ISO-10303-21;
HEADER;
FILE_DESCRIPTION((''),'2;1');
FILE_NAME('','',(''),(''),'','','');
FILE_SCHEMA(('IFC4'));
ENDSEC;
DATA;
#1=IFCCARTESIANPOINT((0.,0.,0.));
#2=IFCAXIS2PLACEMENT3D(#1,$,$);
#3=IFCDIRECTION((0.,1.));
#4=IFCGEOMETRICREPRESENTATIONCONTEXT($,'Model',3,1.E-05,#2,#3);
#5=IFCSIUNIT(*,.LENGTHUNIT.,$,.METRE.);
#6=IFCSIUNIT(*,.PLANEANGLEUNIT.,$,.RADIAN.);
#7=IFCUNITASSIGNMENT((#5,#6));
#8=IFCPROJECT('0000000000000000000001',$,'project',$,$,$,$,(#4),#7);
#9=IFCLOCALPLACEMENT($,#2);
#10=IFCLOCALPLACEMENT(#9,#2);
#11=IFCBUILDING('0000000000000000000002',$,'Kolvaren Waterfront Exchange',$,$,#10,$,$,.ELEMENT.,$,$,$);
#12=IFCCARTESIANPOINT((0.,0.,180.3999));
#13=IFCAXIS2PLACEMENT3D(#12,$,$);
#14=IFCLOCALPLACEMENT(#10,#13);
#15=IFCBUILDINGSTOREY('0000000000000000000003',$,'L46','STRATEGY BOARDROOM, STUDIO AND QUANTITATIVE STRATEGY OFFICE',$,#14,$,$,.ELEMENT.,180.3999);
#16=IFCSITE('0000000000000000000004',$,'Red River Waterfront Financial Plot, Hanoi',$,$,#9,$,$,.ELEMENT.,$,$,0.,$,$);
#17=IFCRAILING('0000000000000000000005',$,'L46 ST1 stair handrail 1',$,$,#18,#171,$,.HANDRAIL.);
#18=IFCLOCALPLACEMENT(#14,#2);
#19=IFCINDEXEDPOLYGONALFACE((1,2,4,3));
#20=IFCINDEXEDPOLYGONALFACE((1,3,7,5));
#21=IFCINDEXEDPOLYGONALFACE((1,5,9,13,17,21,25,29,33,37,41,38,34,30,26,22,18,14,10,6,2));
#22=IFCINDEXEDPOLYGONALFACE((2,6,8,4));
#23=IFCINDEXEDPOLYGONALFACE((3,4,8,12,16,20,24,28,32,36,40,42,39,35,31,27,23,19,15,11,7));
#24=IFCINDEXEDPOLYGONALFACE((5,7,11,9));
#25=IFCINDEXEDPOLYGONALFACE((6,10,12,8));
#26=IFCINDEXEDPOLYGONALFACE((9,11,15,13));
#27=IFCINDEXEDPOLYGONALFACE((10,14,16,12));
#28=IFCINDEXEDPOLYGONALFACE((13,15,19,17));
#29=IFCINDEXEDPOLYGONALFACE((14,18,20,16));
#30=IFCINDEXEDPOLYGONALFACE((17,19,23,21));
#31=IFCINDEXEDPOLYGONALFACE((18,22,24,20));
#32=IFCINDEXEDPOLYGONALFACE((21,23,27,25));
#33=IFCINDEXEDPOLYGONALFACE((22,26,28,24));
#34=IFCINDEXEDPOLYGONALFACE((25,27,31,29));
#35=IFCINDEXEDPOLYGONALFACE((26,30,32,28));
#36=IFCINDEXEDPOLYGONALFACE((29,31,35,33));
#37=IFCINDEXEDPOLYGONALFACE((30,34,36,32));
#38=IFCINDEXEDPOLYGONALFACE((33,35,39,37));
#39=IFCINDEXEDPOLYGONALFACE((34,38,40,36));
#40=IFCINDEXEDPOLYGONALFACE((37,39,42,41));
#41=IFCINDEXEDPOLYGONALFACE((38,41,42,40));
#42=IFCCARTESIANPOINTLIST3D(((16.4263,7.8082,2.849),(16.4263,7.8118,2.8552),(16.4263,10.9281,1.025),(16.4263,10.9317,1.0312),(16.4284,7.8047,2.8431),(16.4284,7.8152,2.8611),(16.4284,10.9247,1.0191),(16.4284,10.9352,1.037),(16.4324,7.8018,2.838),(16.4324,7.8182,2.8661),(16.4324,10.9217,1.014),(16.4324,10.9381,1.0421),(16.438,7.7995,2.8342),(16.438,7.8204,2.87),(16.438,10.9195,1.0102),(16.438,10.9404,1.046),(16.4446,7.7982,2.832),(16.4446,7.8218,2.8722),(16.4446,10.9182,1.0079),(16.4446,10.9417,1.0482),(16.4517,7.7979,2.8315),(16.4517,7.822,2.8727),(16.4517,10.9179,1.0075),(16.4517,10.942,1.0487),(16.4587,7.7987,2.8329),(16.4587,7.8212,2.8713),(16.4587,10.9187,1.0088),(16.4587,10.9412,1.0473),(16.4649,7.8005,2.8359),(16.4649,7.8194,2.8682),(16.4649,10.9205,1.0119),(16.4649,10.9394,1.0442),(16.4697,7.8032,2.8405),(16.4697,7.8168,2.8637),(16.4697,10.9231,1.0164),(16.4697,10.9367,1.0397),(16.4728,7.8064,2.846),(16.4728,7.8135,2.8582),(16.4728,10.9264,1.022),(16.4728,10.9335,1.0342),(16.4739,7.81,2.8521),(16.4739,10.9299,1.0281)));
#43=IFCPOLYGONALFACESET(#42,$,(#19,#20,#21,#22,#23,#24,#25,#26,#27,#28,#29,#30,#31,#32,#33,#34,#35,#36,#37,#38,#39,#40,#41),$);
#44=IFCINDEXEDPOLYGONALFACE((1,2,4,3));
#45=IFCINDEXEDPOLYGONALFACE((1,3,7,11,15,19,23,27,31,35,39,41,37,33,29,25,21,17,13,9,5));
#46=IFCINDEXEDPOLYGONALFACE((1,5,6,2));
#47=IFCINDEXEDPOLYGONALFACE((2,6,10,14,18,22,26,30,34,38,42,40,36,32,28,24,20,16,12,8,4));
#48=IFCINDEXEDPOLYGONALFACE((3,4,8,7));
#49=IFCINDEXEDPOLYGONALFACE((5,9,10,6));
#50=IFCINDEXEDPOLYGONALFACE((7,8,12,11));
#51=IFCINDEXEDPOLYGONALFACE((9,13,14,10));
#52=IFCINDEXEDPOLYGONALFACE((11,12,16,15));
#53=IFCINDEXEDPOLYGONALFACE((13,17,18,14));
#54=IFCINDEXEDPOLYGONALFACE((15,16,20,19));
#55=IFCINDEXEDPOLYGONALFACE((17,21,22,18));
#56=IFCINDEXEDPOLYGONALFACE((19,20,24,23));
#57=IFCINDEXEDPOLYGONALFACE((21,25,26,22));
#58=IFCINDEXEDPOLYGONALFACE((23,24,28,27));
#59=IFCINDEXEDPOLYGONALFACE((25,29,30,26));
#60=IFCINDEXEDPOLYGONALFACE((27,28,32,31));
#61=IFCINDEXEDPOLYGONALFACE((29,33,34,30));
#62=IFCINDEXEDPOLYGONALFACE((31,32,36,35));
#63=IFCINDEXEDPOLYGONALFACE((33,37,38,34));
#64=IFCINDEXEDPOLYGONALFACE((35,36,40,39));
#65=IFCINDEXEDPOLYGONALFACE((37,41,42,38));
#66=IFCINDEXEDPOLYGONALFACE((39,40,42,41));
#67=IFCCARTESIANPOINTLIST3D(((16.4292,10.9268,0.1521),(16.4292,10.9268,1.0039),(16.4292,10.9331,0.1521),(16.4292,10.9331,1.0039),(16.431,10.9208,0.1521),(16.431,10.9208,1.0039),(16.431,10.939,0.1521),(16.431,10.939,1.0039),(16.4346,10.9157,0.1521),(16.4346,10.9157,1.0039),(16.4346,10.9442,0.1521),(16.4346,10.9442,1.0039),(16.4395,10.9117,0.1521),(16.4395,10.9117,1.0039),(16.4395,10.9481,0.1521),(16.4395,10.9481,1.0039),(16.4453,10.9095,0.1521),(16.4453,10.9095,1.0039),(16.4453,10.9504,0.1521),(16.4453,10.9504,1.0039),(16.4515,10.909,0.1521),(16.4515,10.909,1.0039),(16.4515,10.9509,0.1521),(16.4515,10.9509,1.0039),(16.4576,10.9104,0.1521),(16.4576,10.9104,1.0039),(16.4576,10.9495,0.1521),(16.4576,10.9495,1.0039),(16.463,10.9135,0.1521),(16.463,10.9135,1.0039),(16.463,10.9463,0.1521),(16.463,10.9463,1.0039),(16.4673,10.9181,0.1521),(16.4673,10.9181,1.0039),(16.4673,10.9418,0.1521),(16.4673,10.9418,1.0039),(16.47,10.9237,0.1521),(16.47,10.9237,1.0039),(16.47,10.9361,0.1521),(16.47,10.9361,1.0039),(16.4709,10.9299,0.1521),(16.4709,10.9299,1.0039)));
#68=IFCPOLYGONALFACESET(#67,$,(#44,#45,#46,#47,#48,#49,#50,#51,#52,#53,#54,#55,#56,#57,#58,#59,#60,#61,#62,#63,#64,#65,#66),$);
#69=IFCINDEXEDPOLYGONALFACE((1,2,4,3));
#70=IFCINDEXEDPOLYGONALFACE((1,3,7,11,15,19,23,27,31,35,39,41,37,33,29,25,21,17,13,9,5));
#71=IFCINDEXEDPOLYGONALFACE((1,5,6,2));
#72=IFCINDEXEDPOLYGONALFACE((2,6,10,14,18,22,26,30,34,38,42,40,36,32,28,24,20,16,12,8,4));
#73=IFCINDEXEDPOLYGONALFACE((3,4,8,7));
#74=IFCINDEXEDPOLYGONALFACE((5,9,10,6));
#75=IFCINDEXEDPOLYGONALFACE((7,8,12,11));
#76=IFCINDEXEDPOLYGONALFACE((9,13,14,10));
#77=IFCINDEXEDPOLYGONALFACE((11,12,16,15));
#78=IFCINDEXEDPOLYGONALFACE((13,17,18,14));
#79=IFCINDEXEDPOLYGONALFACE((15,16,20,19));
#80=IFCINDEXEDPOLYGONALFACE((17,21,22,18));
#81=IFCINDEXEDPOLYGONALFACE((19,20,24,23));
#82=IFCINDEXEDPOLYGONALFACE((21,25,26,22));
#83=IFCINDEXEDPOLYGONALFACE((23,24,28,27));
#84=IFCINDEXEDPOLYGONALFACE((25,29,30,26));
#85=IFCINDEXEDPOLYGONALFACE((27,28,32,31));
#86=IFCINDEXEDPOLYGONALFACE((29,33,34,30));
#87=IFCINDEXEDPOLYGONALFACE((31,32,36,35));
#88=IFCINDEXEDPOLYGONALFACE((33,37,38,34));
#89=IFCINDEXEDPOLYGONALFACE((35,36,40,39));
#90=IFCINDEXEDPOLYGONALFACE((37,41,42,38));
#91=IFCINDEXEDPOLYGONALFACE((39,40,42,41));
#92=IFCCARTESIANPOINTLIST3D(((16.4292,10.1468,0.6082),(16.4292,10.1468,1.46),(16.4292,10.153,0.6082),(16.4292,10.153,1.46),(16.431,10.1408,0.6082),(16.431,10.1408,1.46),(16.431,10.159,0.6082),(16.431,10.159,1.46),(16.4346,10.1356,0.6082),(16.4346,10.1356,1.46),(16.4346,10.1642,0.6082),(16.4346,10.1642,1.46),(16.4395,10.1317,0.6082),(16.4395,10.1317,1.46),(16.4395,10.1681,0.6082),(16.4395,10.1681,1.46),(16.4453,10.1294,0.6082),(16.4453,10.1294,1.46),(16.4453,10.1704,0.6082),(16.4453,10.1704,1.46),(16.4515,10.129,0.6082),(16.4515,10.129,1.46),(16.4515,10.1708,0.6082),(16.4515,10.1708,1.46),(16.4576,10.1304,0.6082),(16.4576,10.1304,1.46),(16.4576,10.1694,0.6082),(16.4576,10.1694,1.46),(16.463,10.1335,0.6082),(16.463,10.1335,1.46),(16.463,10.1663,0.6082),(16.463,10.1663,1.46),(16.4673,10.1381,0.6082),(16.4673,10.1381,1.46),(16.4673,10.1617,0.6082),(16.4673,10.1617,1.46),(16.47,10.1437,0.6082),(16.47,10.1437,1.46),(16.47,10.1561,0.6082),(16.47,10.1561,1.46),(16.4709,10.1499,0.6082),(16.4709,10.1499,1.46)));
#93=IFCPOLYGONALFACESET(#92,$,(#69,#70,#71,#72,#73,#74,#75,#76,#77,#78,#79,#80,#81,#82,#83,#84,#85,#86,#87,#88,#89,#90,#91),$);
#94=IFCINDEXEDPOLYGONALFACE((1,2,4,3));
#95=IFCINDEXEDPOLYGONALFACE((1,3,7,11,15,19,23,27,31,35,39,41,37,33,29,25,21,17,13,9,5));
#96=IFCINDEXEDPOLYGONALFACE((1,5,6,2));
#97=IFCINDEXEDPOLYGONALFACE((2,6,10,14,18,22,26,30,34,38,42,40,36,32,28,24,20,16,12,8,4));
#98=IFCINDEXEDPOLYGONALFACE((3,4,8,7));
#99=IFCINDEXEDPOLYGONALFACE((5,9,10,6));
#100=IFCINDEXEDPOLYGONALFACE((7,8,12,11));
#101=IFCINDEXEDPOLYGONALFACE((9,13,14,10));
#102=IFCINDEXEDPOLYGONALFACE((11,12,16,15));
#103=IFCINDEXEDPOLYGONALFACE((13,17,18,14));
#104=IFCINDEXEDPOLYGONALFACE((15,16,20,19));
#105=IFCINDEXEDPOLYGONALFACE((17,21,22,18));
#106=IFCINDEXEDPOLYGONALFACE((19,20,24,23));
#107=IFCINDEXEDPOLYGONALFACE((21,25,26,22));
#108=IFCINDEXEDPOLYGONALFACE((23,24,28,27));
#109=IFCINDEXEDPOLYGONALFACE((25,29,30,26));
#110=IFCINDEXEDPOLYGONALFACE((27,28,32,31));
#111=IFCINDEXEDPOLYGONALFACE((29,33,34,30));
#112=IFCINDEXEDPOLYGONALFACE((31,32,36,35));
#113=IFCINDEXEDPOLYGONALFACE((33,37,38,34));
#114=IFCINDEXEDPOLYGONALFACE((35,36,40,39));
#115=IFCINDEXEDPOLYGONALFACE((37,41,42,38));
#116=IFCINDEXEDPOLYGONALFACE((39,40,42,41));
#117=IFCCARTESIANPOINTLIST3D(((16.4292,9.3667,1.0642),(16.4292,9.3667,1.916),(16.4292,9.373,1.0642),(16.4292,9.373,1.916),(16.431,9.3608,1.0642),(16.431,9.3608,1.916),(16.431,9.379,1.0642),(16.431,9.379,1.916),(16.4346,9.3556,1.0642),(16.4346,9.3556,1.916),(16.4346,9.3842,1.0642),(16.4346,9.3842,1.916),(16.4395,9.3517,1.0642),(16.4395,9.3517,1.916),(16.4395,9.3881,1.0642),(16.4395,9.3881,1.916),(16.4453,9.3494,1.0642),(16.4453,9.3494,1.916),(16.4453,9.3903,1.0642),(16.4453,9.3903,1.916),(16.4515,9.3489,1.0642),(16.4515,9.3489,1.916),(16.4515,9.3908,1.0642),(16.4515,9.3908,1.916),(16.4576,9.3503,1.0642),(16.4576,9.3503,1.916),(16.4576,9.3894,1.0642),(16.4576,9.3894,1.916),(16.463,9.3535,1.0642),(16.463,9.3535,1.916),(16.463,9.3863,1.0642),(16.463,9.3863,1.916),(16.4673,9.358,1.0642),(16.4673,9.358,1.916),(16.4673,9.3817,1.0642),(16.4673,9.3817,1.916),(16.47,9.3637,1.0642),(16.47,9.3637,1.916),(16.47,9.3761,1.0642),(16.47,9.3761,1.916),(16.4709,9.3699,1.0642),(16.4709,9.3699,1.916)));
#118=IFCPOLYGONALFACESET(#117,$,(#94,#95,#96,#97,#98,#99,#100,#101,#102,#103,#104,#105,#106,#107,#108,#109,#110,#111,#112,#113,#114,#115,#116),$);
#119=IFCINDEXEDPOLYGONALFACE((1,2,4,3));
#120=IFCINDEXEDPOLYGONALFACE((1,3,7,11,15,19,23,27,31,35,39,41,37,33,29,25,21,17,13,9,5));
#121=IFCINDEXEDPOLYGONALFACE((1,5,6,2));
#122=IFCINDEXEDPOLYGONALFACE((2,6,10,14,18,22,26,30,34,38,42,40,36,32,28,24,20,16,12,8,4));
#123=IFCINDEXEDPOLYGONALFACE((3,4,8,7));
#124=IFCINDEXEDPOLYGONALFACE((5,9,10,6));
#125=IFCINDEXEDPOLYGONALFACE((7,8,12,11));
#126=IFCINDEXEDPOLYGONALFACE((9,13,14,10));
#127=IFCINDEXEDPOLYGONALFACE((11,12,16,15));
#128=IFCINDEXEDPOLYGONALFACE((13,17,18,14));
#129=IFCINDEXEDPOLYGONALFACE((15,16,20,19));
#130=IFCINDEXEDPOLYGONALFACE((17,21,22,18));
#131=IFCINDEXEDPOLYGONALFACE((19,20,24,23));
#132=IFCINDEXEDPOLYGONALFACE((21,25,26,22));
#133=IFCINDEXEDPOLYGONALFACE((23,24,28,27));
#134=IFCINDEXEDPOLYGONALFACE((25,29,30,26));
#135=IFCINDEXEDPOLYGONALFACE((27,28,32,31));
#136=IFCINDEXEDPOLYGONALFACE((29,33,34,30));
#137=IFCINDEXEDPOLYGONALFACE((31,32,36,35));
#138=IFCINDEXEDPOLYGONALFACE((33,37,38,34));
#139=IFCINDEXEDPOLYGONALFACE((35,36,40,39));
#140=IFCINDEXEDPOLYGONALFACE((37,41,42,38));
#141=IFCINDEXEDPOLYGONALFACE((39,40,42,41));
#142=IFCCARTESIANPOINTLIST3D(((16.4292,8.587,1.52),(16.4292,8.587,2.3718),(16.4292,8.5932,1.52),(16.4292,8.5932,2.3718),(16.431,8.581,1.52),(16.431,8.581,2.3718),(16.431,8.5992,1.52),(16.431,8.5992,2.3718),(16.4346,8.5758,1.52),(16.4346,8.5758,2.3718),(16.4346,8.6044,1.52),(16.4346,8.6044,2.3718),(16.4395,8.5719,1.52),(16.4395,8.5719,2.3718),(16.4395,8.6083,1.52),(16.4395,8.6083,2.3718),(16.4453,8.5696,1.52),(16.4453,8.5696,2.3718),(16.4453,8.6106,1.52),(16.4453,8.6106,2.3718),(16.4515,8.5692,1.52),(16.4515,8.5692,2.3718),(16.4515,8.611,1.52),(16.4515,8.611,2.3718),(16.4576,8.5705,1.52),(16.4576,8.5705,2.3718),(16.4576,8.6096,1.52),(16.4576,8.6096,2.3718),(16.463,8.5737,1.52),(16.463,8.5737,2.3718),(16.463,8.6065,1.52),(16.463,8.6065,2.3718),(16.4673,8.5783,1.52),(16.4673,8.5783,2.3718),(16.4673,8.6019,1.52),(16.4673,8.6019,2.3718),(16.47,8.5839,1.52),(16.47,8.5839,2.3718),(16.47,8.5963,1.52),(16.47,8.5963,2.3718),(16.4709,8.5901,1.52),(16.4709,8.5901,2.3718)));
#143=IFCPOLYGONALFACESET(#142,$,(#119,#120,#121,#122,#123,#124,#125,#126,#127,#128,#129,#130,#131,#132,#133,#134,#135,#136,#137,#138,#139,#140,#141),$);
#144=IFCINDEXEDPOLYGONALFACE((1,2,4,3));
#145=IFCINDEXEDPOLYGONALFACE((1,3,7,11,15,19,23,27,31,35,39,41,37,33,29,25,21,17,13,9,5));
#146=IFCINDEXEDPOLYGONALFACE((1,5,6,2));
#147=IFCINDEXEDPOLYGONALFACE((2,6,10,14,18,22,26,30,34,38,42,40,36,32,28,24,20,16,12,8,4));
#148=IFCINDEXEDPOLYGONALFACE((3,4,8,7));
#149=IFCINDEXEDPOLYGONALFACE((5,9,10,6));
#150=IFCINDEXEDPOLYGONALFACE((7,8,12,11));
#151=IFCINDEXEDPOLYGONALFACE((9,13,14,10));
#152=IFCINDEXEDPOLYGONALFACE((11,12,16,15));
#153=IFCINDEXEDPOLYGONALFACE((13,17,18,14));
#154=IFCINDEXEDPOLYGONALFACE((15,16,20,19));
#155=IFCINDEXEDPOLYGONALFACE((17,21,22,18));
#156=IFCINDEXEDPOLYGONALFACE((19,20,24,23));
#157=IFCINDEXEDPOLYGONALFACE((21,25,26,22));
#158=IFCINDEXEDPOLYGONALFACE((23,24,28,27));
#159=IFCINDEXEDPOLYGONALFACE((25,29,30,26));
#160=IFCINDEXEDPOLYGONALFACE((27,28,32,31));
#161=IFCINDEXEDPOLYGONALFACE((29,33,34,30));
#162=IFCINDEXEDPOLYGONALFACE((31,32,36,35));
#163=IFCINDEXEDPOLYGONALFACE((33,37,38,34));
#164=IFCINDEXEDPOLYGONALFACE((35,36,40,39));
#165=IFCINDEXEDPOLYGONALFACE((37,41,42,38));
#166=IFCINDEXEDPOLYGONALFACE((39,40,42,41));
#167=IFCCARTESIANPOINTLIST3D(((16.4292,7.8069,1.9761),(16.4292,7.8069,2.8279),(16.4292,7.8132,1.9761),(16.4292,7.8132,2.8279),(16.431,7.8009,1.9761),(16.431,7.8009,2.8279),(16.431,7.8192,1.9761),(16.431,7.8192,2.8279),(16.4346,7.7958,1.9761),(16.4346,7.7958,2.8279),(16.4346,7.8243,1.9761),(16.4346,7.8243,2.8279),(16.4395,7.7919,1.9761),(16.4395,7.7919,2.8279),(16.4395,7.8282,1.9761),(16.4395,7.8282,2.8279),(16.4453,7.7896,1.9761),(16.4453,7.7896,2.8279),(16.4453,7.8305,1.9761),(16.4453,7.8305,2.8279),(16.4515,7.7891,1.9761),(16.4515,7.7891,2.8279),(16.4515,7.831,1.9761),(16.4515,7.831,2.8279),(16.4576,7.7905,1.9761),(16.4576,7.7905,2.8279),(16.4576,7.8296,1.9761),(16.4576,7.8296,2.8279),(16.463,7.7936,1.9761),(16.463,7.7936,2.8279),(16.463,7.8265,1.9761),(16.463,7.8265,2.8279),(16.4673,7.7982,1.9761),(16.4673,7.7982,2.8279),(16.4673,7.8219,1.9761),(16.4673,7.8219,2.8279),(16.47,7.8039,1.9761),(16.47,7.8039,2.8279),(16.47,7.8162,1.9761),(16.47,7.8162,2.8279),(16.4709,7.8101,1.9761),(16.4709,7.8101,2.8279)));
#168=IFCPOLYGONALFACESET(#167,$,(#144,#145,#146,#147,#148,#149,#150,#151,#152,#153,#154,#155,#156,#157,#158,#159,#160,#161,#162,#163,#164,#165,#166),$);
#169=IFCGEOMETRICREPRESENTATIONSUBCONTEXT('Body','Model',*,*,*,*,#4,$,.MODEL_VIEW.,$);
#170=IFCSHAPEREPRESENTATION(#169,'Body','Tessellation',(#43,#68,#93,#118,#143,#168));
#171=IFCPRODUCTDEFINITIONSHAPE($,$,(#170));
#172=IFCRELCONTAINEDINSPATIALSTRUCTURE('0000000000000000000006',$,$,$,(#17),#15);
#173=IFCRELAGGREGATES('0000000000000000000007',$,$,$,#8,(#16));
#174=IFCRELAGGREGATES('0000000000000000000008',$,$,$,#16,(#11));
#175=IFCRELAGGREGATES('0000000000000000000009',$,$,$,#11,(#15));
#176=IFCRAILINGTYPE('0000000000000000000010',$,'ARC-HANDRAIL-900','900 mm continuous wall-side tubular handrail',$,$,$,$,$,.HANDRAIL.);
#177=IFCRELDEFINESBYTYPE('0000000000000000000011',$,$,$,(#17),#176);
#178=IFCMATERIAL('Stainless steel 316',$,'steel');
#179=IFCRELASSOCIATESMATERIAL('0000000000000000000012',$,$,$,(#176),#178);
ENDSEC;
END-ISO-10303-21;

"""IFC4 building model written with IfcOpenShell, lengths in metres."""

from ifc_helpers import new_model, si_unit, direction, frame, origin, origin_2d, place, context, subcontext, project, spatial, circle, extrude, material, type_object, element, save


model = new_model("IFC4")

# Units and contexts
model_context = context("Model", 3, precision=1e-05, world=origin(), true_north=direction((0.0, 1.0)))
body_context = subcontext(model_context, "Body", "Model", "MODEL_VIEW")
ifc_project = project(units=[si_unit("LENGTHUNIT", "METRE"), si_unit("PLANEANGLEUNIT", "RADIAN")], contexts=[model_context])

# Site, building, storey
site_placement = place(None, origin())
site = spatial("IfcSite", under=ifc_project, at=site_placement, Name="Red River Waterfront Financial Plot, Hanoi", CompositionType="ELEMENT", RefElevation=0.0)
building_placement = place(site_placement, origin())
building = spatial("IfcBuilding", under=site, at=building_placement, Name="Kolvaren Waterfront Exchange", CompositionType="ELEMENT")
storey_placement = place(building_placement, frame((0.0, 0.0, 180.3999)))
storey = spatial("IfcBuildingStorey", under=building, at=storey_placement, Name="L46", Description="STRATEGY BOARDROOM, STUDIO AND QUANTITATIVE STRATEGY OFFICE", CompositionType="ELEMENT", Elevation=180.3999)

# Railing
ifc_material_1 = material(Name="Stainless steel 316", Category="steel")
railing_type_1 = type_object("IfcRailingType", Name="ARC-HANDRAIL-900", Description="900 mm continuous wall-side tubular handrail", PredefinedType="HANDRAIL", material=ifc_material_1)
railing_1_placement = place(storey_placement, frame((16.45, 10.9299, 0.1521)))
element("IfcRailing", 1, at=railing_1_placement, inside=storey, type_object=railing_type_1, Name="L46 ST1 stair handrail 1", PredefinedType="HANDRAIL", context=body_context, shape_type="SweptSolid", body=[
    extrude(circle(Radius=0.0239, at=origin_2d()), frame((0.0, 0.0, 0.876), z_axis=(0.0, -0.863291, 0.504707), x_axis=(1.0, 0.0, 0.0)), (0.0, 0.0, 1.0), 3.614),
    extrude(circle(Radius=0.021, at=origin_2d()), origin(), (0.0, 0.0, 1.0), 0.8518),
    extrude(circle(Radius=0.021, at=origin_2d()), frame((0.0, -0.78, 0.4561)), (0.0, 0.0, 1.0), 0.8518),
    extrude(circle(Radius=0.021, at=origin_2d()), frame((0.0, -1.5601, 0.9121)), (0.0, 0.0, 1.0), 0.8518),
    extrude(circle(Radius=0.021, at=origin_2d()), frame((0.0, -2.3398, 1.3679)), (0.0, 0.0, 1.0), 0.8518),
    extrude(circle(Radius=0.021, at=origin_2d()), frame((0.0, -3.1199, 1.824)), (0.0, 0.0, 1.0), 0.8518),
])

save(model, "model.ifc")
